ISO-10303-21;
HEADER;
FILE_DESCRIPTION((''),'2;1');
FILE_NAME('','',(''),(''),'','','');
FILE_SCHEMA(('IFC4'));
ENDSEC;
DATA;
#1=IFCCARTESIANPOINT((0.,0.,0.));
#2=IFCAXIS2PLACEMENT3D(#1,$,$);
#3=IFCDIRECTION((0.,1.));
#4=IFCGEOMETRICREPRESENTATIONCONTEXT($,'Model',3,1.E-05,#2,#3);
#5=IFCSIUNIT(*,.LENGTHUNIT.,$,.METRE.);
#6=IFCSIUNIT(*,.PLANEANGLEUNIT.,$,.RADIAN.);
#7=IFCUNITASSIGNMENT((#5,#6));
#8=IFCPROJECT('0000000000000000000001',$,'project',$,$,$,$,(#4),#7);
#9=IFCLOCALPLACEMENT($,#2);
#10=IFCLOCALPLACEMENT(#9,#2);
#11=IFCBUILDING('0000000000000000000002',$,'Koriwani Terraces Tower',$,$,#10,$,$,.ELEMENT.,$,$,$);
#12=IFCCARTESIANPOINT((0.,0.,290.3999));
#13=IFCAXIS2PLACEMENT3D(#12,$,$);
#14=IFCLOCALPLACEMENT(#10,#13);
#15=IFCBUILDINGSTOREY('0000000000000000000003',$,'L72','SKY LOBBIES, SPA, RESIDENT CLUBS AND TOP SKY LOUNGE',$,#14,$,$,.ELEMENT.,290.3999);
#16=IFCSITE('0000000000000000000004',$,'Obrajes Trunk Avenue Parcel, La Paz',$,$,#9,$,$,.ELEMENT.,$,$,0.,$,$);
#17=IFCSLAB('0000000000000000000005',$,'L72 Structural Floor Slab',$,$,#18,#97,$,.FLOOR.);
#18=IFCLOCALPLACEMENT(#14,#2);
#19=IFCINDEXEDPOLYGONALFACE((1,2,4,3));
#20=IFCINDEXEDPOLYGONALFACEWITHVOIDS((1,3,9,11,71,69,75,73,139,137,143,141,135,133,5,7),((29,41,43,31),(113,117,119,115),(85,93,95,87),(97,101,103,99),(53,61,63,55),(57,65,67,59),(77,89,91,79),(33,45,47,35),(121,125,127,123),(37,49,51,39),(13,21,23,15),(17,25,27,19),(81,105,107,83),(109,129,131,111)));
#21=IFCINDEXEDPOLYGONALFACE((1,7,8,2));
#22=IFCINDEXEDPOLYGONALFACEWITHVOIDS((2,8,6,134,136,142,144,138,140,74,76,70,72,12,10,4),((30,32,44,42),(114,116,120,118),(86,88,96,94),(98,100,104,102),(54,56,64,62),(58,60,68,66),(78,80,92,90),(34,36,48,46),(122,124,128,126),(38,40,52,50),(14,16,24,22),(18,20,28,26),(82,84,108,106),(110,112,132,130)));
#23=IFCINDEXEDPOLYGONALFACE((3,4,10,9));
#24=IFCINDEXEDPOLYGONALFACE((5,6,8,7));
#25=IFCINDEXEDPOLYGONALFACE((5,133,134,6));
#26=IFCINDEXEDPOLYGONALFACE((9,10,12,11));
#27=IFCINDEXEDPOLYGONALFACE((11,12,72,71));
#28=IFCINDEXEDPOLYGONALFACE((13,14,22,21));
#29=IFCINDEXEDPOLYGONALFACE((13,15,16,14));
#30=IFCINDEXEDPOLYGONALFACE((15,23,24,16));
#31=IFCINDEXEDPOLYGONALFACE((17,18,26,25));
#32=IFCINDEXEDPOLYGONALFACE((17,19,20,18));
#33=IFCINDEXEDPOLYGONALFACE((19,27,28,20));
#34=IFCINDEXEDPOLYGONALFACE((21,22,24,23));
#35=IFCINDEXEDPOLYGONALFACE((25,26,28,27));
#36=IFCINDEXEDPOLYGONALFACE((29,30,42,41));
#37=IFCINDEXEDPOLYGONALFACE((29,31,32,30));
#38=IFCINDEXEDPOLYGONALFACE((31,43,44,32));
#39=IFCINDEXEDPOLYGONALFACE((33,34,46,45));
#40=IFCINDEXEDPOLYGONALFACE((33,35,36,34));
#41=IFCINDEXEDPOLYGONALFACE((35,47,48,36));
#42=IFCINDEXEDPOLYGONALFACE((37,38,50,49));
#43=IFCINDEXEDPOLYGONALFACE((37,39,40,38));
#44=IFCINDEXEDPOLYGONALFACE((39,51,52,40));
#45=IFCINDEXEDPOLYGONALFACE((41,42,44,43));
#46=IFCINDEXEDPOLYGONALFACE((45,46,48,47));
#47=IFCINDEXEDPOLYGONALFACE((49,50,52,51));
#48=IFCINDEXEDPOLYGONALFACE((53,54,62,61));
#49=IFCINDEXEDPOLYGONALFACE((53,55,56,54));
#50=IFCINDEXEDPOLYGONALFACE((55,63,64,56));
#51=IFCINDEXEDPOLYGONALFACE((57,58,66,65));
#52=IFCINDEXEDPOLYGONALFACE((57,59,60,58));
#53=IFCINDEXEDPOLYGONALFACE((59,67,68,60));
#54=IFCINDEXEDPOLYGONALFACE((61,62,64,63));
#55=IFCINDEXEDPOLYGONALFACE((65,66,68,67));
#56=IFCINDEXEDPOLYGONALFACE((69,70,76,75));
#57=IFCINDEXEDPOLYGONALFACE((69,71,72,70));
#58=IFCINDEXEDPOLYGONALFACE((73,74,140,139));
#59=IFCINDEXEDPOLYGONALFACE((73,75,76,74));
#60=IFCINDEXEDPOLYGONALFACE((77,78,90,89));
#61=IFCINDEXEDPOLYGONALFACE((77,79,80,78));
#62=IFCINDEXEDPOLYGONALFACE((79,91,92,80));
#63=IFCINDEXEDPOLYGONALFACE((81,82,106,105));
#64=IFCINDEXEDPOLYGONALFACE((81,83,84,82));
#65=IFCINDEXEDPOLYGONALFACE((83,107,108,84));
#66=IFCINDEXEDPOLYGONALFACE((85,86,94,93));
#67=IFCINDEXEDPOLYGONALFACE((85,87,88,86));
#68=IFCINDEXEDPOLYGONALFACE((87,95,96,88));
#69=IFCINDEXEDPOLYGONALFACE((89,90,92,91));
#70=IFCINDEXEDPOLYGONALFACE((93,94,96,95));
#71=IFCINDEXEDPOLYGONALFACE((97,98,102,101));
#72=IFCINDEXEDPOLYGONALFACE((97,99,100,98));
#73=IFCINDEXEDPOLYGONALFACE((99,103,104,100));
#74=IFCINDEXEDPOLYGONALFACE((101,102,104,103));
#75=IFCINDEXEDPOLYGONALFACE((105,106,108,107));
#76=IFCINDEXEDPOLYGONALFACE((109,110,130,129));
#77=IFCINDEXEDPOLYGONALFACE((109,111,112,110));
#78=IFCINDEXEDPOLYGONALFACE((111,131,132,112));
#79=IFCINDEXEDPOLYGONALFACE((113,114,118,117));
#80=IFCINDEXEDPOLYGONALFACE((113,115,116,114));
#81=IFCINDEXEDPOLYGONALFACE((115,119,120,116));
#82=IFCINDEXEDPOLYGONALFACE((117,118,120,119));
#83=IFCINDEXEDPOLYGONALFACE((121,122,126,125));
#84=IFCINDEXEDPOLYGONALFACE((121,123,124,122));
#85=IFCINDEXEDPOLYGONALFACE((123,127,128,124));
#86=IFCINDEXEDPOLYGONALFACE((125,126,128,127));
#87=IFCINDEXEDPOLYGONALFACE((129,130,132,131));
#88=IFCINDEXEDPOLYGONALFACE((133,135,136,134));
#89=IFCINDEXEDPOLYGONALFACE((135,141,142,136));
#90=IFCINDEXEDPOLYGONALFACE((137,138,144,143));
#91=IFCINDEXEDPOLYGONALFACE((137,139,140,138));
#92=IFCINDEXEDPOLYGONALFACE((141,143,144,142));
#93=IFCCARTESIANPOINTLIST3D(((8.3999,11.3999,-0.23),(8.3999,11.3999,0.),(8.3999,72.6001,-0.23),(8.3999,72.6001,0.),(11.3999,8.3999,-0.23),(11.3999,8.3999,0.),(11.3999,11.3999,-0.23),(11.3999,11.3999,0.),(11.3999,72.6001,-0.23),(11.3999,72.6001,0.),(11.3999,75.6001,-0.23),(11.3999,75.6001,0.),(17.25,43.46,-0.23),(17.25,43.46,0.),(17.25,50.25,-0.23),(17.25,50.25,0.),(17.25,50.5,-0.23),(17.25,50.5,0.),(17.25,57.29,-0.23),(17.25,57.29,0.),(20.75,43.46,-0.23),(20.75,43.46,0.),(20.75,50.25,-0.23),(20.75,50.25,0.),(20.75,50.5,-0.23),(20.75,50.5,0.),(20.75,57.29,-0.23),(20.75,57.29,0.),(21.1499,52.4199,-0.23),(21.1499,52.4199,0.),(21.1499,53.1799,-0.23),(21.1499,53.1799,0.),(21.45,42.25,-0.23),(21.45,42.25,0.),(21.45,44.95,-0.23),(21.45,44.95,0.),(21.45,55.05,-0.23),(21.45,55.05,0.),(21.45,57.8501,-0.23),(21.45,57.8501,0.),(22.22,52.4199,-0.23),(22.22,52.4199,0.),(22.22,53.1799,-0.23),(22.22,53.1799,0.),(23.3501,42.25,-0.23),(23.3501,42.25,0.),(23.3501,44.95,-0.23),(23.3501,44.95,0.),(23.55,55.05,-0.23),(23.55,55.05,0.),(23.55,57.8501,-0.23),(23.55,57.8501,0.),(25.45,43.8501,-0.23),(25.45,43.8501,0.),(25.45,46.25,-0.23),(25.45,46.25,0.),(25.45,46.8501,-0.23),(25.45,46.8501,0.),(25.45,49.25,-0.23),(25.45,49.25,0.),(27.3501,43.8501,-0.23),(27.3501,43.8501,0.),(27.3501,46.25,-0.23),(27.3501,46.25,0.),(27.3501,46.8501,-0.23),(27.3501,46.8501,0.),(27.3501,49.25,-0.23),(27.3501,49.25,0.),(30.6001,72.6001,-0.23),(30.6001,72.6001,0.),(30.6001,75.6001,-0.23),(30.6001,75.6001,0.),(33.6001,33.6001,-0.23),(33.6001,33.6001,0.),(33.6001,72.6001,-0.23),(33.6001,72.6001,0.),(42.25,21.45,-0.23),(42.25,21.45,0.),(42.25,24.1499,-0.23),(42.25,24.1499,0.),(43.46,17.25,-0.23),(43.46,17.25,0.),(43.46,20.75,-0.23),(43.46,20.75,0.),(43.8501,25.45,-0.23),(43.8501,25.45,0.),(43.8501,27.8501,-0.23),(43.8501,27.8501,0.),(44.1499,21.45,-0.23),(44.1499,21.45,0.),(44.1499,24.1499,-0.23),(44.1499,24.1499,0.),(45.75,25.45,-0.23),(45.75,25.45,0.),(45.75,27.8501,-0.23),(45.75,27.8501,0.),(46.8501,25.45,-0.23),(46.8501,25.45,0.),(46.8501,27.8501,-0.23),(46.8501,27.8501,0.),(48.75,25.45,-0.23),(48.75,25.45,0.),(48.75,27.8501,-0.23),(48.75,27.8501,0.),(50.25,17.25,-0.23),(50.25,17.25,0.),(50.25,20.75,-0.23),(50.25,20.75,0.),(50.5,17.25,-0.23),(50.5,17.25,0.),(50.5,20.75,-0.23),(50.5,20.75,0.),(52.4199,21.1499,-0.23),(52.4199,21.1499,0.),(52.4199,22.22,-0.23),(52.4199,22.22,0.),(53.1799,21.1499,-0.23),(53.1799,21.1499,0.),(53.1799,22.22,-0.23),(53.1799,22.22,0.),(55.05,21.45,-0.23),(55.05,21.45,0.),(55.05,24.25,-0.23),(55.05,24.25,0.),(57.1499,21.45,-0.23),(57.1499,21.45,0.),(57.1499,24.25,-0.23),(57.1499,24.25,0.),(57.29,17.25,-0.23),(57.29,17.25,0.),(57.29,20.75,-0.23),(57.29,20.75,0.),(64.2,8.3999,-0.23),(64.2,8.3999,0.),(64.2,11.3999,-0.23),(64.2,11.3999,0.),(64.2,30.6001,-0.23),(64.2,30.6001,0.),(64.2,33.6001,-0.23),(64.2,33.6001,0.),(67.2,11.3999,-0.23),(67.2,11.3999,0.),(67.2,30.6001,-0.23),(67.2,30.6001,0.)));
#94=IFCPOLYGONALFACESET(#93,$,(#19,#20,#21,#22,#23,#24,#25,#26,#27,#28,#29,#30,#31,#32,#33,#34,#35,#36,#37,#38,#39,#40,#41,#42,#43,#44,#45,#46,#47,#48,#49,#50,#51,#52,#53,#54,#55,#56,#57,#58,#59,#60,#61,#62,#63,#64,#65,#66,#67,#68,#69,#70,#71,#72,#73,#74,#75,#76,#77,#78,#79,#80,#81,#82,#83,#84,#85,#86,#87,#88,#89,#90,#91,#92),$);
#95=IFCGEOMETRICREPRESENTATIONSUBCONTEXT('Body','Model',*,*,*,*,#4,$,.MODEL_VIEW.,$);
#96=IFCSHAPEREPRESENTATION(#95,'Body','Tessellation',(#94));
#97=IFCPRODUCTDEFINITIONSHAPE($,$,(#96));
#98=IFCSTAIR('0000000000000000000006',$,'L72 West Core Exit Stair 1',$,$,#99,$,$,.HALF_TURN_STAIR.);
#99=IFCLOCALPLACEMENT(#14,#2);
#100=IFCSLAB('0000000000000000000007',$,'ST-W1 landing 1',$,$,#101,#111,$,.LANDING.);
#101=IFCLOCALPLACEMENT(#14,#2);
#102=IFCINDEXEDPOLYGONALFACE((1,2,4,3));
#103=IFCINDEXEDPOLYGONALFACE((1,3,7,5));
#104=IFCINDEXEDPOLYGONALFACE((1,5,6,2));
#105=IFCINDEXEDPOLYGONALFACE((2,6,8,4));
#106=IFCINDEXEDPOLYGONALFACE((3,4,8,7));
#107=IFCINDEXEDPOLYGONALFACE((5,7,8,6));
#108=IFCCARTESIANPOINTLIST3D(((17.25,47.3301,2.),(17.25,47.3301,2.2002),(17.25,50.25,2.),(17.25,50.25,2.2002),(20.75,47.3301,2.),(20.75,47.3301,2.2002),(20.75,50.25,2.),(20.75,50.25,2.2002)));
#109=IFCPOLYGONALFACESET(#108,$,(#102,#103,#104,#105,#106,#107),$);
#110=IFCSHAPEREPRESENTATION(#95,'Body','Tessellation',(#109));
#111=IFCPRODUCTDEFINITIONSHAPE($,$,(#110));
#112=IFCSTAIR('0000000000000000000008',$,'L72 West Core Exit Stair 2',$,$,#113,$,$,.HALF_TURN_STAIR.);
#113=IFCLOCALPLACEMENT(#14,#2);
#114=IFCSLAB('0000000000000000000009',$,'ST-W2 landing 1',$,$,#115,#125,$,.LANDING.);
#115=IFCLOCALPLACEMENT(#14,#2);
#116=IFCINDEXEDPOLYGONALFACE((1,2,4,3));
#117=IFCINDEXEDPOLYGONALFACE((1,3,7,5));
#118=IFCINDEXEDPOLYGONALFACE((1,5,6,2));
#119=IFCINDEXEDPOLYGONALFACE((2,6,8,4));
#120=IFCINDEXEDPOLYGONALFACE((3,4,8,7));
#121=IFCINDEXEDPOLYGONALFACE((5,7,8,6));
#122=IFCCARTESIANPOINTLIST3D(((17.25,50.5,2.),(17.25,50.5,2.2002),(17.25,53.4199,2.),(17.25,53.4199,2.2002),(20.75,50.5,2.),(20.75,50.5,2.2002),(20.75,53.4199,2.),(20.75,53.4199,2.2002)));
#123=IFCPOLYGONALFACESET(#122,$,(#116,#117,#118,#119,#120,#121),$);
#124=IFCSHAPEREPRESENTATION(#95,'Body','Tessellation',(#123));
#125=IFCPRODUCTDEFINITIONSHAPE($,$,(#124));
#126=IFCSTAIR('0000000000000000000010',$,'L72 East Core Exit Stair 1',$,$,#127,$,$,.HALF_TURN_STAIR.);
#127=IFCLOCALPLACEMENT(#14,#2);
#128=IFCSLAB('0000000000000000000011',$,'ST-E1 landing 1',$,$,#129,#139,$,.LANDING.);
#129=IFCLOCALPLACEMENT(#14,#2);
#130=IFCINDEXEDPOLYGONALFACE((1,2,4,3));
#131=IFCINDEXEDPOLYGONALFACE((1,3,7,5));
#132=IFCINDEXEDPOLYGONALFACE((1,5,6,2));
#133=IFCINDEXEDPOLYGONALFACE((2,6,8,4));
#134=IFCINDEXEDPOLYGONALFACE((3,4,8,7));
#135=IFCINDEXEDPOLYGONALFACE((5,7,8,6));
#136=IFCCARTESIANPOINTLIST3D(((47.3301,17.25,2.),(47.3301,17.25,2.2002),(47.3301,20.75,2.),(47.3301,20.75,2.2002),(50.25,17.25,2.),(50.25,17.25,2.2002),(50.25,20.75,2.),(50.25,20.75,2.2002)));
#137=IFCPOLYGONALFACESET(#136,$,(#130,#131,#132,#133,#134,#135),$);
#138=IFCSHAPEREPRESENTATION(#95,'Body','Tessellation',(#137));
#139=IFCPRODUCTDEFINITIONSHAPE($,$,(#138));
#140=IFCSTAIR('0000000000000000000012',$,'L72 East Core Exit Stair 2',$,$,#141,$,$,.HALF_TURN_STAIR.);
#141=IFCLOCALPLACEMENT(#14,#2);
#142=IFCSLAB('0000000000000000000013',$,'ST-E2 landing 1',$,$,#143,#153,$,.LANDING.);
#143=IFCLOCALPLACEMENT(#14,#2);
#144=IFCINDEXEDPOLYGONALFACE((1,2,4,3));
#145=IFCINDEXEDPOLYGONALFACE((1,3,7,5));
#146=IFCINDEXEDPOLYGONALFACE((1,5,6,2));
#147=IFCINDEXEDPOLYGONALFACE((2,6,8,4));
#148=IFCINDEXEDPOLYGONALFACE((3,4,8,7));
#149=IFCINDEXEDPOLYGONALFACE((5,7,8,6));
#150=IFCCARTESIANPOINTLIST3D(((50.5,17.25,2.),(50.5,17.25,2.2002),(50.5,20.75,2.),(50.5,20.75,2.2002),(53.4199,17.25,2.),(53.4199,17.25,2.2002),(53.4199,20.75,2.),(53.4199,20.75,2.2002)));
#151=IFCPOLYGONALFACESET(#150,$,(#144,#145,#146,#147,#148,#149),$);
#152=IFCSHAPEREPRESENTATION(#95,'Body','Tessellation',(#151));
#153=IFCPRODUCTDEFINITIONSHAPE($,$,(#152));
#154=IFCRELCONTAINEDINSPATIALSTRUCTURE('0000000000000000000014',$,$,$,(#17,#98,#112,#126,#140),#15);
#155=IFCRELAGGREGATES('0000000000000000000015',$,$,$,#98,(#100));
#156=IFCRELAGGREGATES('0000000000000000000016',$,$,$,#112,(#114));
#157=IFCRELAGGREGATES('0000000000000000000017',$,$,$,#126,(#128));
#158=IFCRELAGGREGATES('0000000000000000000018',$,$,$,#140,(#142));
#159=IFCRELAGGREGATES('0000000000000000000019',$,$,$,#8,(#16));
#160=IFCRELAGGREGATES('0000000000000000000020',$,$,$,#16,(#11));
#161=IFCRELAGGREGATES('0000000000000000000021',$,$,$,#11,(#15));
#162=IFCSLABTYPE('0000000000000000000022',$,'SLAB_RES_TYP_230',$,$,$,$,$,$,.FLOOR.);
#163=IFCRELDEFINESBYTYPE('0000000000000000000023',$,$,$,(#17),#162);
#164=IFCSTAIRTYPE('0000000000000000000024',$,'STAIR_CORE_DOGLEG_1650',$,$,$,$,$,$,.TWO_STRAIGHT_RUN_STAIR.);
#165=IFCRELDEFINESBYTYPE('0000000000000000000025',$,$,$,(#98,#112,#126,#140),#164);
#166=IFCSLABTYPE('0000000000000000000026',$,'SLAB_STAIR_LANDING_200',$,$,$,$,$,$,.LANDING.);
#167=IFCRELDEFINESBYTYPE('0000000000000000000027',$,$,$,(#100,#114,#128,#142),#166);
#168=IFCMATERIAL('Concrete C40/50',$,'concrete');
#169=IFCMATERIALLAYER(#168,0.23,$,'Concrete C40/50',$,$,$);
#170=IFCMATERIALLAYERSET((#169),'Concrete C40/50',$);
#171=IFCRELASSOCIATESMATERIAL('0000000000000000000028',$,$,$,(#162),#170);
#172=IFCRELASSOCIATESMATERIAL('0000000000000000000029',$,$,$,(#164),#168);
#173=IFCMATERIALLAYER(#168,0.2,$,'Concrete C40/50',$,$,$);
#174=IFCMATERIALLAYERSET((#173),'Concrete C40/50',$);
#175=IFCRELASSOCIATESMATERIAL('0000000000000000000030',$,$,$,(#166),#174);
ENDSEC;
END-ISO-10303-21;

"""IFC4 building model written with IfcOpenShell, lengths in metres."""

from ifc_helpers import new_model, si_unit, direction, frame, origin, place, context, subcontext, project, spatial, polyline, outline, extrude, material, layer, layer_set, type_object, element, aggregate, save


model = new_model("IFC4")

# Units and contexts
model_context = context("Model", 3, precision=1e-05, world=origin(), true_north=direction((0.0, 1.0)))
body_context = subcontext(model_context, "Body", "Model", "MODEL_VIEW")
ifc_project = project(units=[si_unit("LENGTHUNIT", "METRE"), si_unit("PLANEANGLEUNIT", "RADIAN")], contexts=[model_context])

# Site, building, storey
site_placement = place(None, origin())
site = spatial("IfcSite", under=ifc_project, at=site_placement, Name="Obrajes Trunk Avenue Parcel, La Paz", CompositionType="ELEMENT", RefElevation=0.0)
building_placement = place(site_placement, origin())
building = spatial("IfcBuilding", under=site, at=building_placement, Name="Koriwani Terraces Tower", CompositionType="ELEMENT")
storey_placement = place(building_placement, frame((0.0, 0.0, 290.3999)))
storey = spatial("IfcBuildingStorey", under=building, at=storey_placement, Name="L72", Description="SKY LOBBIES, SPA, RESIDENT CLUBS AND TOP SKY LOUNGE", CompositionType="ELEMENT", Elevation=290.3999)

# Shared definitions
ifc_material_1 = material(Name="Concrete C40/50", Category="concrete")

# Slab
ifc_layer_1 = layer(ifc_material_1, 0.23, Name="Concrete C40/50")
ifc_layer_set_1 = layer_set([ifc_layer_1], Name="Concrete C40/50")
slab_type_1 = type_object("IfcSlabType", Name="SLAB_RES_TYP_230", PredefinedType="FLOOR", material=ifc_layer_set_1)
slab_1_placement = place(storey_placement, frame((0.0, 0.0, -0.23)))
element("IfcSlab", 1, at=slab_1_placement, inside=storey, type_object=slab_type_1, Name="L72 Structural Floor Slab", PredefinedType="FLOOR", context=body_context, shape_type="SweptSolid", body=[
    extrude(outline(polyline([(11.3999, 8.3999), (64.2, 8.3999), (64.2, 11.3999), (67.2, 11.3999), (67.2, 30.6001), (64.2, 30.6001), (64.2, 33.6001), (33.6001, 33.6001), (33.6001, 72.6001), (30.6001, 72.6001), (30.6001, 75.6001), (11.3999, 75.6001), (11.3999, 72.6001), (8.3999, 72.6001), (8.3999, 11.3999), (11.3999, 11.3999), (11.3999, 8.3999)]), holes=[polyline([(17.25, 43.46), (20.75, 43.46), (20.75, 50.25), (17.25, 50.25), (17.25, 43.46)]), polyline([(17.25, 50.5), (20.75, 50.5), (20.75, 57.29), (17.25, 57.29), (17.25, 50.5)]), polyline([(43.46, 17.25), (50.25, 17.25), (50.25, 20.75), (43.46, 20.75), (43.46, 17.25)]), polyline([(50.5, 17.25), (57.29, 17.25), (57.29, 20.75), (50.5, 20.75), (50.5, 17.25)]), polyline([(25.45, 43.8501), (27.3501, 43.8501), (27.3501, 46.25), (25.45, 46.25), (25.45, 43.8501)]), polyline([(25.45, 46.8501), (27.3501, 46.8501), (27.3501, 49.25), (25.45, 49.25), (25.45, 46.8501)]), polyline([(43.8501, 25.45), (45.75, 25.45), (45.75, 27.8501), (43.8501, 27.8501), (43.8501, 25.45)]), polyline([(46.8501, 25.45), (48.75, 25.45), (48.75, 27.8501), (46.8501, 27.8501), (46.8501, 25.45)]), polyline([(21.45, 55.05), (23.55, 55.05), (23.55, 57.8501), (21.45, 57.8501), (21.45, 55.05)]), polyline([(55.05, 21.45), (57.1499, 21.45), (57.1499, 24.25), (55.05, 24.25), (55.05, 21.45)]), polyline([(21.45, 42.25), (23.3501, 42.25), (23.3501, 44.95), (21.45, 44.95), (21.45, 42.25)]), polyline([(42.25, 21.45), (44.1499, 21.45), (44.1499, 24.1499), (42.25, 24.1499), (42.25, 21.45)]), polyline([(21.1499, 52.4199), (22.22, 52.4199), (22.22, 53.1799), (21.1499, 53.1799), (21.1499, 52.4199)]), polyline([(52.4199, 21.1499), (53.1799, 21.1499), (53.1799, 22.22), (52.4199, 22.22), (52.4199, 21.1499)])]), origin(), (0.0, 0.0, 1.0), 0.23),
])

# Stairs, slabs
stair_type = type_object("IfcStairType", Name="STAIR_CORE_DOGLEG_1650", PredefinedType="TWO_STRAIGHT_RUN_STAIR", material=ifc_material_1)
stair_1_placement = place(storey_placement, origin())
stair_1 = element("IfcStair", 2, at=stair_1_placement, inside=storey, type_object=stair_type, Name="L72 West Core Exit Stair 1", PredefinedType="HALF_TURN_STAIR")
ifc_layer_2 = layer(ifc_material_1, 0.2, Name="Concrete C40/50")
ifc_layer_set_2 = layer_set([ifc_layer_2], Name="Concrete C40/50")
slab_type_2 = type_object("IfcSlabType", Name="SLAB_STAIR_LANDING_200", PredefinedType="LANDING", material=ifc_layer_set_2)
slab_2_placement = place(storey_placement, frame((0.0, 0.0, 2.0)))
slab_2 = element("IfcSlab", 3, at=slab_2_placement, type_object=slab_type_2, Name="ST-W1 landing 1", PredefinedType="LANDING", context=body_context, shape_type="SweptSolid", body=[
    extrude(outline(polyline([(20.75, 47.3301), (20.75, 50.25), (17.25, 50.25), (17.25, 47.3301), (20.75, 47.3301)])), origin(), (0.0, 0.0, 1.0), 0.2002),
])
aggregate(stair_1, [slab_2])
stair_2_placement = place(storey_placement, origin())
stair_2 = element("IfcStair", 4, at=stair_2_placement, inside=storey, type_object=stair_type, Name="L72 West Core Exit Stair 2", PredefinedType="HALF_TURN_STAIR")
slab_3_placement = place(storey_placement, frame((0.0, 0.0, 2.0)))
slab_3 = element("IfcSlab", 5, at=slab_3_placement, type_object=slab_type_2, Name="ST-W2 landing 1", PredefinedType="LANDING", context=body_context, shape_type="SweptSolid", body=[
    extrude(outline(polyline([(17.25, 53.4199), (17.25, 50.5), (20.75, 50.5), (20.75, 53.4199), (17.25, 53.4199)])), origin(), (0.0, 0.0, 1.0), 0.2002),
])
aggregate(stair_2, [slab_3])
stair_3_placement = place(storey_placement, origin())
stair_3 = element("IfcStair", 6, at=stair_3_placement, inside=storey, type_object=stair_type, Name="L72 East Core Exit Stair 1", PredefinedType="HALF_TURN_STAIR")
slab_4_placement = place(storey_placement, frame((0.0, 0.0, 2.0)))
slab_4 = element("IfcSlab", 7, at=slab_4_placement, type_object=slab_type_2, Name="ST-E1 landing 1", PredefinedType="LANDING", context=body_context, shape_type="SweptSolid", body=[
    extrude(outline(polyline([(47.3301, 17.25), (50.25, 17.25), (50.25, 20.75), (47.3301, 20.75), (47.3301, 17.25)])), origin(), (0.0, 0.0, 1.0), 0.2002),
])
aggregate(stair_3, [slab_4])
stair_4_placement = place(storey_placement, origin())
stair_4 = element("IfcStair", 8, at=stair_4_placement, inside=storey, type_object=stair_type, Name="L72 East Core Exit Stair 2", PredefinedType="HALF_TURN_STAIR")
slab_5_placement = place(storey_placement, frame((0.0, 0.0, 2.0)))
slab_5 = element("IfcSlab", 9, at=slab_5_placement, type_object=slab_type_2, Name="ST-E2 landing 1", PredefinedType="LANDING", context=body_context, shape_type="SweptSolid", body=[
    extrude(outline(polyline([(53.4199, 20.75), (50.5, 20.75), (50.5, 17.25), (53.4199, 17.25), (53.4199, 20.75)])), origin(), (0.0, 0.0, 1.0), 0.2002),
])
aggregate(stair_4, [slab_5])

save(model, "model.ifc")
